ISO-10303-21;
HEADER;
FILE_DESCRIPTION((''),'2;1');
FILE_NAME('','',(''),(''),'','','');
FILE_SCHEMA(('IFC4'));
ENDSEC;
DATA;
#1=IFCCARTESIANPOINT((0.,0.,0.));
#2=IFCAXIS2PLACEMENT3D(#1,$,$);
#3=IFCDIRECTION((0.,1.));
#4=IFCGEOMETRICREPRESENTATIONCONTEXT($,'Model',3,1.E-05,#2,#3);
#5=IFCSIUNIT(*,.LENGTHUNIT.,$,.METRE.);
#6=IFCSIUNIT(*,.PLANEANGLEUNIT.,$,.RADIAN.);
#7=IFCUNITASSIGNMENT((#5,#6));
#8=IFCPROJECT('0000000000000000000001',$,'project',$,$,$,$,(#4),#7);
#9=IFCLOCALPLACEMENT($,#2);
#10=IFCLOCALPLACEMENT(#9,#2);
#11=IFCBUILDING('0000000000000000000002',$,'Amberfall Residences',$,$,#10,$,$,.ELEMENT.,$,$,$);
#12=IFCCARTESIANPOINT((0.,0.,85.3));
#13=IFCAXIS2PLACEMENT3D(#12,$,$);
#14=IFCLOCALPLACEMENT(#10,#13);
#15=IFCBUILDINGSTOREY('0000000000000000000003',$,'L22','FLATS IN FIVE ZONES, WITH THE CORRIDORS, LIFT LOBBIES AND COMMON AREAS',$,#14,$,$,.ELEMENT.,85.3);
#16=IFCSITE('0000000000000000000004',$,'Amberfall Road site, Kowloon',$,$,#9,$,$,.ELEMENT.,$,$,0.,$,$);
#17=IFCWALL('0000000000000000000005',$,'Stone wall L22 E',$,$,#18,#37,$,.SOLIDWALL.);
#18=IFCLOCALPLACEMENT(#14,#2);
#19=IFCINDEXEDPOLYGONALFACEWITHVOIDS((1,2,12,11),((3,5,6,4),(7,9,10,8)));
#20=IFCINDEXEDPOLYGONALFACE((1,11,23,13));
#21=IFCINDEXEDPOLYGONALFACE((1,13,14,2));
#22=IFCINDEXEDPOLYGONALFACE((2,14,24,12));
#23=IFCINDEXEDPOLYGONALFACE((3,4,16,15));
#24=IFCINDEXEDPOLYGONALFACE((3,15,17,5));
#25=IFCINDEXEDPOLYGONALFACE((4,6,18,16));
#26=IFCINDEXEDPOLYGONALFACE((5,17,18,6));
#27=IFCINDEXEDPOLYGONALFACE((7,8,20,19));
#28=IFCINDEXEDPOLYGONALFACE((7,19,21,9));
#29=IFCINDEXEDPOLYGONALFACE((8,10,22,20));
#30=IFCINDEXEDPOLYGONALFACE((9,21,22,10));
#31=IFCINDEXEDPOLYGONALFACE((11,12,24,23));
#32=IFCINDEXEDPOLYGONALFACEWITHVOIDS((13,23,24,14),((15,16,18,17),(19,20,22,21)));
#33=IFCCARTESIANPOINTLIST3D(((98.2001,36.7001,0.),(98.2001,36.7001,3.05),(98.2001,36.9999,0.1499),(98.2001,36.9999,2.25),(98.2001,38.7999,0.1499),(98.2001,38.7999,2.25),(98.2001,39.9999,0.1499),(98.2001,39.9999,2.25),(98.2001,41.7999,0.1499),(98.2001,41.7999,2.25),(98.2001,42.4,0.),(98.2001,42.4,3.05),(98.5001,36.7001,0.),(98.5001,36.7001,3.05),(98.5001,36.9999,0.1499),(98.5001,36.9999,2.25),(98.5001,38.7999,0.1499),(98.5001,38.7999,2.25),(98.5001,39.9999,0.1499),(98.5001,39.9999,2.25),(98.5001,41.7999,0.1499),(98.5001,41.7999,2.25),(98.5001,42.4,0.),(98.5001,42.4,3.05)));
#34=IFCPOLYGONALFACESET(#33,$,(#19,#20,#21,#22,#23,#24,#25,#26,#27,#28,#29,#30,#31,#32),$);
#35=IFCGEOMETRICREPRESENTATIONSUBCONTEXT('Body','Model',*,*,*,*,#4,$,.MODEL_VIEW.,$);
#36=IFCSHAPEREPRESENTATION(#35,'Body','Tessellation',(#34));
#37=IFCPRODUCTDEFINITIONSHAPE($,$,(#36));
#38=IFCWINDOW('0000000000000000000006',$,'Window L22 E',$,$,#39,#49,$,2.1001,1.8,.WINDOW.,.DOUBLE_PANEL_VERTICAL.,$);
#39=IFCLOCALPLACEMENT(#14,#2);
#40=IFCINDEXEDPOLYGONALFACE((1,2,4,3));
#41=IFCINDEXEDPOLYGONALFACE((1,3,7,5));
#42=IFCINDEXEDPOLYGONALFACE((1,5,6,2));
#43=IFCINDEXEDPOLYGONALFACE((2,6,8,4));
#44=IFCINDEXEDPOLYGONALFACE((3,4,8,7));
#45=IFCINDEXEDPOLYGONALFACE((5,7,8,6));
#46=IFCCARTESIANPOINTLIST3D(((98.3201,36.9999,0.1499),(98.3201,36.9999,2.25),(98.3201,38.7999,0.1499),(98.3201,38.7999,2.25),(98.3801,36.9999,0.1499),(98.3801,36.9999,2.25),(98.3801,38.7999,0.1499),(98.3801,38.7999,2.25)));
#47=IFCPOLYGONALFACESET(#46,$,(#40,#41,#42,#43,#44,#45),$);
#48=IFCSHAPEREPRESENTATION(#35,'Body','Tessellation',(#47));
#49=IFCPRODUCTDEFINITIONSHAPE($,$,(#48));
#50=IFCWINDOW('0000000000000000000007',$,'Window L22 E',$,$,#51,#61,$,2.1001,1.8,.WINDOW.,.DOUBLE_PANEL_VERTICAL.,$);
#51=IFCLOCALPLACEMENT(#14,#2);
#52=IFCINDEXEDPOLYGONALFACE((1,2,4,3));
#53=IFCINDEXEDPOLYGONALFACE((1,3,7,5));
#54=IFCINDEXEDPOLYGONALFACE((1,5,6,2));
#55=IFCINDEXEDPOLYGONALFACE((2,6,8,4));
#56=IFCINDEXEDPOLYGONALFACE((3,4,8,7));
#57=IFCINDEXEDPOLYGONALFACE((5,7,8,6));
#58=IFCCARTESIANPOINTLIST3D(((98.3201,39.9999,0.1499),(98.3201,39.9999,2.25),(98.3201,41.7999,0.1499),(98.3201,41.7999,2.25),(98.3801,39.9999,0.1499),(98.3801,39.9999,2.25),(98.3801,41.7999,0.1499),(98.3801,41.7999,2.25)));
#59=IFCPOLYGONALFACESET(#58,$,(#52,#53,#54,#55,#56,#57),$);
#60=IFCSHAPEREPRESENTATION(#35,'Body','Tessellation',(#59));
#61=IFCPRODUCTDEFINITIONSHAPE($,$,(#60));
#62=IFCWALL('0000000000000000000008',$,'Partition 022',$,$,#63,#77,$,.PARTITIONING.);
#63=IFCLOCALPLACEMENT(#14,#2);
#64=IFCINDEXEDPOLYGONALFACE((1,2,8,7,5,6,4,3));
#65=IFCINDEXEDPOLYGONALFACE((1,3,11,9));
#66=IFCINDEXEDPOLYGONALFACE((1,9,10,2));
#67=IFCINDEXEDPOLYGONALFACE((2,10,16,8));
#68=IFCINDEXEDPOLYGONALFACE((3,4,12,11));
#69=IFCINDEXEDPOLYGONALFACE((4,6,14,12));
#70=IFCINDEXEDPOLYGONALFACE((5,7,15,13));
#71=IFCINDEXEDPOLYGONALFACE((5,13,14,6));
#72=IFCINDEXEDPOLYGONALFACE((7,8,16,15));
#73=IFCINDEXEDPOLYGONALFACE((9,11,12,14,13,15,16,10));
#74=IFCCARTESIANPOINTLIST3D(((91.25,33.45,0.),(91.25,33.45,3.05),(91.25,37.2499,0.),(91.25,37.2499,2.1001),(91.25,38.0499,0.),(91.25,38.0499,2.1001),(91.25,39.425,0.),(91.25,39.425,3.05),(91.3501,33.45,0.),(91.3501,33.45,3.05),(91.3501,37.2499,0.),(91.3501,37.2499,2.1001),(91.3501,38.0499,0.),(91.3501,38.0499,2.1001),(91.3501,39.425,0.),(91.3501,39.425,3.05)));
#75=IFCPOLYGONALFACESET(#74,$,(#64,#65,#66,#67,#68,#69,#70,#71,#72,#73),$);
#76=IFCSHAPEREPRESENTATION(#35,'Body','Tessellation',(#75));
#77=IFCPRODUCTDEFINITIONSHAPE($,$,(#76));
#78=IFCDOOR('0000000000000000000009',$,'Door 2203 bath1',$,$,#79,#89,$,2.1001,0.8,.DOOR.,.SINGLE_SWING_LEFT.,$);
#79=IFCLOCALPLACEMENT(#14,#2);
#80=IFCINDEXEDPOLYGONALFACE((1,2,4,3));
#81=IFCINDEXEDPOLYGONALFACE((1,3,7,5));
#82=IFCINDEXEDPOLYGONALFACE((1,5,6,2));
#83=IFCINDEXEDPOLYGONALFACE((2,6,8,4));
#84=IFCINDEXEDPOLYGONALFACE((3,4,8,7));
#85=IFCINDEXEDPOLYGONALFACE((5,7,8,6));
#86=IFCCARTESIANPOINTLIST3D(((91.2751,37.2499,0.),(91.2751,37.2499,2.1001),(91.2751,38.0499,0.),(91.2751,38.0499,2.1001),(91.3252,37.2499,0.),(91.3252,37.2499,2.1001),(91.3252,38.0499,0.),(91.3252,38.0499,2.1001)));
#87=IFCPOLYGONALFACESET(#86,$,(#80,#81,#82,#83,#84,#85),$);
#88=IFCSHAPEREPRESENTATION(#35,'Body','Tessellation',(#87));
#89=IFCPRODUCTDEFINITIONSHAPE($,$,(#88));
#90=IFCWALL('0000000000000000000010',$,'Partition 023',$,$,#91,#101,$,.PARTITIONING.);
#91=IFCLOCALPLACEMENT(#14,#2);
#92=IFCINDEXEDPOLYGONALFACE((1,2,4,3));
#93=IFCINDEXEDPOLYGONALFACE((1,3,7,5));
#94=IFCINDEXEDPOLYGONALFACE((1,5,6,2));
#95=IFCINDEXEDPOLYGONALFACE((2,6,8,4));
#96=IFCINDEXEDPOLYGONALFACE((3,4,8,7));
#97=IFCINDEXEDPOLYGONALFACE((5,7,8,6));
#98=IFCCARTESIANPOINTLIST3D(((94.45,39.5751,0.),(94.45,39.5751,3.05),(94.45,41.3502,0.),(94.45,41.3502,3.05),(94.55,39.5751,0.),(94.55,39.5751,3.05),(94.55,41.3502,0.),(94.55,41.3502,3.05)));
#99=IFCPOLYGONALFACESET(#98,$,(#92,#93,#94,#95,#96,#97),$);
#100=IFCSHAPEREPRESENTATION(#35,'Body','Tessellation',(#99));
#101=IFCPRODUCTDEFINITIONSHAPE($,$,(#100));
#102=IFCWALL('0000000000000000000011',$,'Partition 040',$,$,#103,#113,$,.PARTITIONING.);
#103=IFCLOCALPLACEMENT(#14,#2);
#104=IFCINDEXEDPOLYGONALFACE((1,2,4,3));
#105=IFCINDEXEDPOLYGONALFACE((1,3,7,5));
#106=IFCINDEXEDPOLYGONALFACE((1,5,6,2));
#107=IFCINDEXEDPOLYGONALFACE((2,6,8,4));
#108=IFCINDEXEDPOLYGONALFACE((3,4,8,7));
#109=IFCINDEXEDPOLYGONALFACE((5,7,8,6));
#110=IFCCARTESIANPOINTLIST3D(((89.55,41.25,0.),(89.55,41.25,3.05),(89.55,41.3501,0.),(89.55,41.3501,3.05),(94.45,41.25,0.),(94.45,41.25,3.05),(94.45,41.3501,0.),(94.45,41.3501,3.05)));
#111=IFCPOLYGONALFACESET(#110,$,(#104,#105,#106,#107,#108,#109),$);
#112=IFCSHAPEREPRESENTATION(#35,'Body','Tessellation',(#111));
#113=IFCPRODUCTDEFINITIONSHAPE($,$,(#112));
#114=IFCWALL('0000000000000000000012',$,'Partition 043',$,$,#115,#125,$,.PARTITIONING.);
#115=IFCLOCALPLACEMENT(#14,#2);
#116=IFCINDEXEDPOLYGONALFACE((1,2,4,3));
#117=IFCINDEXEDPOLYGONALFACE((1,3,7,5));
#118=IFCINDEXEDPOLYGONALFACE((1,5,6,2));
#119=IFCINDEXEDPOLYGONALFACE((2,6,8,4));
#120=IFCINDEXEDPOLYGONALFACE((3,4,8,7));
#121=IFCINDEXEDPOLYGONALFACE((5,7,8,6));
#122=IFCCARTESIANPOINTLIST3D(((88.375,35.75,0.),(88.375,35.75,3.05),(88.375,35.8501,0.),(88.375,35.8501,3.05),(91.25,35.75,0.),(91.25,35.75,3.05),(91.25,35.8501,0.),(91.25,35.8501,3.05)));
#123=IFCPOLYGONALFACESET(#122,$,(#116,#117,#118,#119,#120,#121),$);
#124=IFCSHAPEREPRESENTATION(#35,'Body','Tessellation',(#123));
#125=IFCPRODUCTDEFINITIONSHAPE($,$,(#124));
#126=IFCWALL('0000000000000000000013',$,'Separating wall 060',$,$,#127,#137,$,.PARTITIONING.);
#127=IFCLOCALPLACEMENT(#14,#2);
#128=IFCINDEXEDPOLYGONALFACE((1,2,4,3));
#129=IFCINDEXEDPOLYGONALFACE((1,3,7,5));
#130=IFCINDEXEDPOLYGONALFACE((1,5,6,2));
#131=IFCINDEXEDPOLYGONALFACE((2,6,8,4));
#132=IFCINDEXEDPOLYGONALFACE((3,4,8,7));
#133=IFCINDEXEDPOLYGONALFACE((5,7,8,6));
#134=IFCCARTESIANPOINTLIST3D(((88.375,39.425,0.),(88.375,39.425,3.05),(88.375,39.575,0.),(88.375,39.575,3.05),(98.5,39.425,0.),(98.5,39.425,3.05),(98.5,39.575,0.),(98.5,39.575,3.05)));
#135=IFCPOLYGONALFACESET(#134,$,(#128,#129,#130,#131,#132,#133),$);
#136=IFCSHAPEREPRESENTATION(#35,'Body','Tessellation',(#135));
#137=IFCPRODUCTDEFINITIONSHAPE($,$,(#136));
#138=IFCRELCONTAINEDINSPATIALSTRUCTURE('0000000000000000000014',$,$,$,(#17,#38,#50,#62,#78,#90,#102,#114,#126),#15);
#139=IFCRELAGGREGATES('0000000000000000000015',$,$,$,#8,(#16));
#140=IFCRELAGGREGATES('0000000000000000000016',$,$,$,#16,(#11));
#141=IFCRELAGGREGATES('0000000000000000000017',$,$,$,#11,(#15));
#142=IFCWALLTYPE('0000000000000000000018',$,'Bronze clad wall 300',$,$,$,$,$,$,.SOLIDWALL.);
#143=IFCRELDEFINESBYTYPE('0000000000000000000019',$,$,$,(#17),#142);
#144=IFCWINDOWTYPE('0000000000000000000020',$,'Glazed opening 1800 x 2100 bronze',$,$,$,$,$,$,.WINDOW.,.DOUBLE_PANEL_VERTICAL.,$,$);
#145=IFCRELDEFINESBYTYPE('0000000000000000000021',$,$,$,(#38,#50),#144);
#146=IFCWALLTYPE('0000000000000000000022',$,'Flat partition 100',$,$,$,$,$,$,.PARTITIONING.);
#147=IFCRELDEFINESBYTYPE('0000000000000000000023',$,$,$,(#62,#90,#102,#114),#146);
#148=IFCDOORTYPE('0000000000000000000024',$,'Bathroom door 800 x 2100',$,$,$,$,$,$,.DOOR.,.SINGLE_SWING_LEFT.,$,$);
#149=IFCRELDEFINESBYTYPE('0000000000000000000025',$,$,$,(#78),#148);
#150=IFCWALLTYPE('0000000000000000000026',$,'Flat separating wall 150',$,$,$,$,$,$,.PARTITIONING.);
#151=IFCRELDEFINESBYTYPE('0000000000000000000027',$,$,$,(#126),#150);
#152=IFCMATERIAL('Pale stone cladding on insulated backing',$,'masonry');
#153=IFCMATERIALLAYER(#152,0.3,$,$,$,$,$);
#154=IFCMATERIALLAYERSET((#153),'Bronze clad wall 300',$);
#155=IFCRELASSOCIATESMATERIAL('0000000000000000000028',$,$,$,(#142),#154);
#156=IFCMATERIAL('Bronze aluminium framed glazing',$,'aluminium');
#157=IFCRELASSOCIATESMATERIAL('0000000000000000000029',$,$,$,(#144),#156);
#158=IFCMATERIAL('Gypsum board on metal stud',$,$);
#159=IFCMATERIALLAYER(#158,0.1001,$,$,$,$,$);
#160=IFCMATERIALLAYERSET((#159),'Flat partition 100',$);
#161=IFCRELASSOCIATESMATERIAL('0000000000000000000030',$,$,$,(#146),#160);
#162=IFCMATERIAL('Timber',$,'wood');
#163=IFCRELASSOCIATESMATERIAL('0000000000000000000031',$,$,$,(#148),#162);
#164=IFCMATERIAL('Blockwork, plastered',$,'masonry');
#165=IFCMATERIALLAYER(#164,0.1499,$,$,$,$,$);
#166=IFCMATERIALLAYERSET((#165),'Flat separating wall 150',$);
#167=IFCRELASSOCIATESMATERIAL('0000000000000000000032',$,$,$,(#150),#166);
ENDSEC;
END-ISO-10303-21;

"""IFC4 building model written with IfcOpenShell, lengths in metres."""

from ifc_helpers import new_model, si_unit, direction, frame, frame_2d, origin, place, context, subcontext, project, spatial, rectangle, extrude, material, layer, layer_set, type_object, element, fill, save


model = new_model("IFC4")

# Units and contexts
model_context = context("Model", 3, precision=1e-05, world=origin(), true_north=direction((0.0, 1.0)))
body_context = subcontext(model_context, "Body", "Model", "MODEL_VIEW")
ifc_project = project(units=[si_unit("LENGTHUNIT", "METRE"), si_unit("PLANEANGLEUNIT", "RADIAN")], contexts=[model_context])

# Site, building, storey
site_placement = place(None, origin())
site = spatial("IfcSite", under=ifc_project, at=site_placement, Name="Amberfall Road site, Kowloon", CompositionType="ELEMENT", RefElevation=0.0)
building_placement = place(site_placement, origin())
building = spatial("IfcBuilding", under=site, at=building_placement, Name="Amberfall Residences", CompositionType="ELEMENT")
storey_placement = place(building_placement, frame((0.0, 0.0, 85.3)))
storey = spatial("IfcBuildingStorey", under=building, at=storey_placement, Name="L22", Description="FLATS IN FIVE ZONES, WITH THE CORRIDORS, LIFT LOBBIES AND COMMON AREAS", CompositionType="ELEMENT", Elevation=85.3)

# Shared definitions
ifc_material_1 = material(Name="Pale stone cladding on insulated backing", Category="masonry")
ifc_layer_1 = layer(ifc_material_1, 0.3)
ifc_layer_set_1 = layer_set([ifc_layer_1], Name="Bronze clad wall 300")
wall_type_1 = type_object("IfcWallType", Name="Bronze clad wall 300", PredefinedType="SOLIDWALL", material=ifc_layer_set_1)
ifc_material_2 = material(Name="Bronze aluminium framed glazing", Category="aluminium")

# Wall, openings, windows
wall_1_placement = place(storey_placement, frame((98.3501, 36.7, 0.0), z_axis=(0.0, 0.0, 1.0), x_axis=(0.0, 1.0, 0.0)))
wall_1 = element("IfcWall", 1, at=wall_1_placement, inside=storey, type_object=wall_type_1, Name="Stone wall L22 E", PredefinedType="SOLIDWALL", context=body_context, shape_type="SweptSolid", body=[
    extrude(rectangle(XDim=5.7, YDim=0.3, at=frame_2d((2.8501, 0.0))), origin(), (0.0, 0.0, 1.0), 3.05),
])
opening_1_placement = place(wall_1_placement, frame((0.3, 0.0, 0.1499)))
opening_1 = element("IfcOpeningElement", 2, at=opening_1_placement, cuts=wall_1, PredefinedType="OPENING", context=body_context, shape_type="SweptSolid", body=[
    extrude(rectangle(XDim=1.8, YDim=2.1001, at=frame_2d((0.8999, 1.05))), frame((0.0, 0.1599, 0.0), z_axis=(0.0, -1.0, 0.0), x_axis=(1.0, 0.0, 0.0)), (0.0, 0.0, 1.0), 0.3201),
])
opening_2_placement = place(wall_1_placement, frame((3.3, 0.0, 0.1499)))
opening_2 = element("IfcOpeningElement", 3, at=opening_2_placement, cuts=wall_1, PredefinedType="OPENING", context=body_context, shape_type="SweptSolid", body=[
    extrude(rectangle(XDim=1.8, YDim=2.1001, at=frame_2d((0.8999, 1.05))), frame((0.0, 0.1599, 0.0), z_axis=(0.0, -1.0, 0.0), x_axis=(1.0, 0.0, 0.0)), (0.0, 0.0, 1.0), 0.3201),
])
window_type_1 = type_object("IfcWindowType", Name="Glazed opening 1800 x 2100 bronze", PartitioningType="DOUBLE_PANEL_VERTICAL", PredefinedType="WINDOW", material=ifc_material_2)
window_1_placement = place(opening_1_placement, origin())
window_1 = element("IfcWindow", 4, at=window_1_placement, inside=storey, type_object=window_type_1, Name="Window L22 E", OverallHeight=2.1001, OverallWidth=1.8, PartitioningType="DOUBLE_PANEL_VERTICAL", PredefinedType="WINDOW", context=body_context, shape_type="SweptSolid", body=[
    extrude(rectangle(XDim=1.8, YDim=2.1001, at=frame_2d((0.8999, 1.05))), frame((0.0, 0.03, 0.0), z_axis=(0.0, -1.0, 0.0), x_axis=(1.0, 0.0, 0.0)), (0.0, 0.0, 1.0), 0.0601),
])
fill(opening_1, window_1)
window_2_placement = place(opening_2_placement, origin())
window_2 = element("IfcWindow", 5, at=window_2_placement, inside=storey, type_object=window_type_1, Name="Window L22 E", OverallHeight=2.1001, OverallWidth=1.8, PartitioningType="DOUBLE_PANEL_VERTICAL", PredefinedType="WINDOW", context=body_context, shape_type="SweptSolid", body=[
    extrude(rectangle(XDim=1.8, YDim=2.1001, at=frame_2d((0.8999, 1.05))), frame((0.0, 0.03, 0.0), z_axis=(0.0, -1.0, 0.0), x_axis=(1.0, 0.0, 0.0)), (0.0, 0.0, 1.0), 0.0601),
])
fill(opening_2, window_2)

# Wall, opening, door
ifc_material_3 = material(Name="Gypsum board on metal stud")
ifc_layer_2 = layer(ifc_material_3, 0.1001)
ifc_layer_set_2 = layer_set([ifc_layer_2], Name="Flat partition 100")
wall_type_2 = type_object("IfcWallType", Name="Flat partition 100", PredefinedType="PARTITIONING", material=ifc_layer_set_2)
wall_2_placement = place(storey_placement, frame((91.3, 33.45, 0.0), z_axis=(0.0, 0.0, 1.0), x_axis=(0.0, 1.0, 0.0)))
wall_2 = element("IfcWall", 6, at=wall_2_placement, inside=storey, type_object=wall_type_2, Name="Partition 022", PredefinedType="PARTITIONING", context=body_context, shape_type="SweptSolid", body=[
    extrude(rectangle(XDim=5.9751, YDim=0.1001, at=frame_2d((2.9875, 0.0))), origin(), (0.0, 0.0, 1.0), 3.05),
])
opening_3_placement = place(wall_2_placement, frame((3.8, 0.0, 0.0)))
opening_3 = element("IfcOpeningElement", 7, at=opening_3_placement, cuts=wall_2, PredefinedType="OPENING", context=body_context, shape_type="SweptSolid", body=[
    extrude(rectangle(XDim=0.8, YDim=2.1001, at=frame_2d((0.3999, 1.05))), frame((0.0, 0.0601, 0.0), z_axis=(0.0, -1.0, 0.0), x_axis=(1.0, 0.0, 0.0)), (0.0, 0.0, 1.0), 0.1201),
])
ifc_material_4 = material(Name="Timber", Category="wood")
door_type_1 = type_object("IfcDoorType", Name="Bathroom door 800 x 2100", OperationType="SINGLE_SWING_LEFT", PredefinedType="DOOR", material=ifc_material_4)
door_1_placement = place(opening_3_placement, origin())
door_1 = element("IfcDoor", 8, at=door_1_placement, inside=storey, type_object=door_type_1, Name="Door 2203 bath1", OperationType="SINGLE_SWING_LEFT", OverallHeight=2.1001, OverallWidth=0.8, PredefinedType="DOOR", context=body_context, shape_type="SweptSolid", body=[
    extrude(rectangle(XDim=0.8, YDim=2.1001, at=frame_2d((0.3999, 1.05))), frame((0.0, 0.0249, 0.0), z_axis=(0.0, -1.0, 0.0), x_axis=(1.0, 0.0, 0.0)), (0.0, 0.0, 1.0), 0.05),
])
fill(opening_3, door_1)

# Walls
wall_3_placement = place(storey_placement, frame((94.5, 39.575, 0.0), z_axis=(0.0, 0.0, 1.0), x_axis=(0.0, 1.0, 0.0)))
element("IfcWall", 9, at=wall_3_placement, inside=storey, type_object=wall_type_2, Name="Partition 023", PredefinedType="PARTITIONING", context=body_context, shape_type="SweptSolid", body=[
    extrude(rectangle(XDim=1.7751, YDim=0.1001, at=frame_2d((0.8877, 0.0))), origin(), (0.0, 0.0, 1.0), 3.05),
])
wall_4_placement = place(storey_placement, frame((89.55, 41.3, 0.0), z_axis=(0.0, 0.0, 1.0), x_axis=(1.0, 0.0, 0.0)))
element("IfcWall", 10, at=wall_4_placement, inside=storey, type_object=wall_type_2, Name="Partition 040", PredefinedType="PARTITIONING", context=body_context, shape_type="SweptSolid", body=[
    extrude(rectangle(XDim=4.8999, YDim=0.1001, at=frame_2d((2.45, 0.0))), origin(), (0.0, 0.0, 1.0), 3.05),
])
wall_5_placement = place(storey_placement, frame((88.375, 35.8, 0.0), z_axis=(0.0, 0.0, 1.0), x_axis=(1.0, 0.0, 0.0)))
element("IfcWall", 11, at=wall_5_placement, inside=storey, type_object=wall_type_2, Name="Partition 043", PredefinedType="PARTITIONING", context=body_context, shape_type="SweptSolid", body=[
    extrude(rectangle(XDim=2.875, YDim=0.1001, at=frame_2d((1.4375, 0.0))), origin(), (0.0, 0.0, 1.0), 3.05),
])
ifc_material_5 = material(Name="Blockwork, plastered", Category="masonry")
ifc_layer_3 = layer(ifc_material_5, 0.1499)
ifc_layer_set_3 = layer_set([ifc_layer_3], Name="Flat separating wall 150")
wall_type_3 = type_object("IfcWallType", Name="Flat separating wall 150", PredefinedType="PARTITIONING", material=ifc_layer_set_3)
wall_6_placement = place(storey_placement, frame((88.375, 39.5, 0.0), z_axis=(0.0, 0.0, 1.0), x_axis=(1.0, 0.0, 0.0)))
element("IfcWall", 12, at=wall_6_placement, inside=storey, type_object=wall_type_3, Name="Separating wall 060", PredefinedType="PARTITIONING", context=body_context, shape_type="SweptSolid", body=[
    extrude(rectangle(XDim=10.125, YDim=0.1499, at=frame_2d((5.0625, 0.0))), origin(), (0.0, 0.0, 1.0), 3.05),
])

save(model, "model.ifc")
